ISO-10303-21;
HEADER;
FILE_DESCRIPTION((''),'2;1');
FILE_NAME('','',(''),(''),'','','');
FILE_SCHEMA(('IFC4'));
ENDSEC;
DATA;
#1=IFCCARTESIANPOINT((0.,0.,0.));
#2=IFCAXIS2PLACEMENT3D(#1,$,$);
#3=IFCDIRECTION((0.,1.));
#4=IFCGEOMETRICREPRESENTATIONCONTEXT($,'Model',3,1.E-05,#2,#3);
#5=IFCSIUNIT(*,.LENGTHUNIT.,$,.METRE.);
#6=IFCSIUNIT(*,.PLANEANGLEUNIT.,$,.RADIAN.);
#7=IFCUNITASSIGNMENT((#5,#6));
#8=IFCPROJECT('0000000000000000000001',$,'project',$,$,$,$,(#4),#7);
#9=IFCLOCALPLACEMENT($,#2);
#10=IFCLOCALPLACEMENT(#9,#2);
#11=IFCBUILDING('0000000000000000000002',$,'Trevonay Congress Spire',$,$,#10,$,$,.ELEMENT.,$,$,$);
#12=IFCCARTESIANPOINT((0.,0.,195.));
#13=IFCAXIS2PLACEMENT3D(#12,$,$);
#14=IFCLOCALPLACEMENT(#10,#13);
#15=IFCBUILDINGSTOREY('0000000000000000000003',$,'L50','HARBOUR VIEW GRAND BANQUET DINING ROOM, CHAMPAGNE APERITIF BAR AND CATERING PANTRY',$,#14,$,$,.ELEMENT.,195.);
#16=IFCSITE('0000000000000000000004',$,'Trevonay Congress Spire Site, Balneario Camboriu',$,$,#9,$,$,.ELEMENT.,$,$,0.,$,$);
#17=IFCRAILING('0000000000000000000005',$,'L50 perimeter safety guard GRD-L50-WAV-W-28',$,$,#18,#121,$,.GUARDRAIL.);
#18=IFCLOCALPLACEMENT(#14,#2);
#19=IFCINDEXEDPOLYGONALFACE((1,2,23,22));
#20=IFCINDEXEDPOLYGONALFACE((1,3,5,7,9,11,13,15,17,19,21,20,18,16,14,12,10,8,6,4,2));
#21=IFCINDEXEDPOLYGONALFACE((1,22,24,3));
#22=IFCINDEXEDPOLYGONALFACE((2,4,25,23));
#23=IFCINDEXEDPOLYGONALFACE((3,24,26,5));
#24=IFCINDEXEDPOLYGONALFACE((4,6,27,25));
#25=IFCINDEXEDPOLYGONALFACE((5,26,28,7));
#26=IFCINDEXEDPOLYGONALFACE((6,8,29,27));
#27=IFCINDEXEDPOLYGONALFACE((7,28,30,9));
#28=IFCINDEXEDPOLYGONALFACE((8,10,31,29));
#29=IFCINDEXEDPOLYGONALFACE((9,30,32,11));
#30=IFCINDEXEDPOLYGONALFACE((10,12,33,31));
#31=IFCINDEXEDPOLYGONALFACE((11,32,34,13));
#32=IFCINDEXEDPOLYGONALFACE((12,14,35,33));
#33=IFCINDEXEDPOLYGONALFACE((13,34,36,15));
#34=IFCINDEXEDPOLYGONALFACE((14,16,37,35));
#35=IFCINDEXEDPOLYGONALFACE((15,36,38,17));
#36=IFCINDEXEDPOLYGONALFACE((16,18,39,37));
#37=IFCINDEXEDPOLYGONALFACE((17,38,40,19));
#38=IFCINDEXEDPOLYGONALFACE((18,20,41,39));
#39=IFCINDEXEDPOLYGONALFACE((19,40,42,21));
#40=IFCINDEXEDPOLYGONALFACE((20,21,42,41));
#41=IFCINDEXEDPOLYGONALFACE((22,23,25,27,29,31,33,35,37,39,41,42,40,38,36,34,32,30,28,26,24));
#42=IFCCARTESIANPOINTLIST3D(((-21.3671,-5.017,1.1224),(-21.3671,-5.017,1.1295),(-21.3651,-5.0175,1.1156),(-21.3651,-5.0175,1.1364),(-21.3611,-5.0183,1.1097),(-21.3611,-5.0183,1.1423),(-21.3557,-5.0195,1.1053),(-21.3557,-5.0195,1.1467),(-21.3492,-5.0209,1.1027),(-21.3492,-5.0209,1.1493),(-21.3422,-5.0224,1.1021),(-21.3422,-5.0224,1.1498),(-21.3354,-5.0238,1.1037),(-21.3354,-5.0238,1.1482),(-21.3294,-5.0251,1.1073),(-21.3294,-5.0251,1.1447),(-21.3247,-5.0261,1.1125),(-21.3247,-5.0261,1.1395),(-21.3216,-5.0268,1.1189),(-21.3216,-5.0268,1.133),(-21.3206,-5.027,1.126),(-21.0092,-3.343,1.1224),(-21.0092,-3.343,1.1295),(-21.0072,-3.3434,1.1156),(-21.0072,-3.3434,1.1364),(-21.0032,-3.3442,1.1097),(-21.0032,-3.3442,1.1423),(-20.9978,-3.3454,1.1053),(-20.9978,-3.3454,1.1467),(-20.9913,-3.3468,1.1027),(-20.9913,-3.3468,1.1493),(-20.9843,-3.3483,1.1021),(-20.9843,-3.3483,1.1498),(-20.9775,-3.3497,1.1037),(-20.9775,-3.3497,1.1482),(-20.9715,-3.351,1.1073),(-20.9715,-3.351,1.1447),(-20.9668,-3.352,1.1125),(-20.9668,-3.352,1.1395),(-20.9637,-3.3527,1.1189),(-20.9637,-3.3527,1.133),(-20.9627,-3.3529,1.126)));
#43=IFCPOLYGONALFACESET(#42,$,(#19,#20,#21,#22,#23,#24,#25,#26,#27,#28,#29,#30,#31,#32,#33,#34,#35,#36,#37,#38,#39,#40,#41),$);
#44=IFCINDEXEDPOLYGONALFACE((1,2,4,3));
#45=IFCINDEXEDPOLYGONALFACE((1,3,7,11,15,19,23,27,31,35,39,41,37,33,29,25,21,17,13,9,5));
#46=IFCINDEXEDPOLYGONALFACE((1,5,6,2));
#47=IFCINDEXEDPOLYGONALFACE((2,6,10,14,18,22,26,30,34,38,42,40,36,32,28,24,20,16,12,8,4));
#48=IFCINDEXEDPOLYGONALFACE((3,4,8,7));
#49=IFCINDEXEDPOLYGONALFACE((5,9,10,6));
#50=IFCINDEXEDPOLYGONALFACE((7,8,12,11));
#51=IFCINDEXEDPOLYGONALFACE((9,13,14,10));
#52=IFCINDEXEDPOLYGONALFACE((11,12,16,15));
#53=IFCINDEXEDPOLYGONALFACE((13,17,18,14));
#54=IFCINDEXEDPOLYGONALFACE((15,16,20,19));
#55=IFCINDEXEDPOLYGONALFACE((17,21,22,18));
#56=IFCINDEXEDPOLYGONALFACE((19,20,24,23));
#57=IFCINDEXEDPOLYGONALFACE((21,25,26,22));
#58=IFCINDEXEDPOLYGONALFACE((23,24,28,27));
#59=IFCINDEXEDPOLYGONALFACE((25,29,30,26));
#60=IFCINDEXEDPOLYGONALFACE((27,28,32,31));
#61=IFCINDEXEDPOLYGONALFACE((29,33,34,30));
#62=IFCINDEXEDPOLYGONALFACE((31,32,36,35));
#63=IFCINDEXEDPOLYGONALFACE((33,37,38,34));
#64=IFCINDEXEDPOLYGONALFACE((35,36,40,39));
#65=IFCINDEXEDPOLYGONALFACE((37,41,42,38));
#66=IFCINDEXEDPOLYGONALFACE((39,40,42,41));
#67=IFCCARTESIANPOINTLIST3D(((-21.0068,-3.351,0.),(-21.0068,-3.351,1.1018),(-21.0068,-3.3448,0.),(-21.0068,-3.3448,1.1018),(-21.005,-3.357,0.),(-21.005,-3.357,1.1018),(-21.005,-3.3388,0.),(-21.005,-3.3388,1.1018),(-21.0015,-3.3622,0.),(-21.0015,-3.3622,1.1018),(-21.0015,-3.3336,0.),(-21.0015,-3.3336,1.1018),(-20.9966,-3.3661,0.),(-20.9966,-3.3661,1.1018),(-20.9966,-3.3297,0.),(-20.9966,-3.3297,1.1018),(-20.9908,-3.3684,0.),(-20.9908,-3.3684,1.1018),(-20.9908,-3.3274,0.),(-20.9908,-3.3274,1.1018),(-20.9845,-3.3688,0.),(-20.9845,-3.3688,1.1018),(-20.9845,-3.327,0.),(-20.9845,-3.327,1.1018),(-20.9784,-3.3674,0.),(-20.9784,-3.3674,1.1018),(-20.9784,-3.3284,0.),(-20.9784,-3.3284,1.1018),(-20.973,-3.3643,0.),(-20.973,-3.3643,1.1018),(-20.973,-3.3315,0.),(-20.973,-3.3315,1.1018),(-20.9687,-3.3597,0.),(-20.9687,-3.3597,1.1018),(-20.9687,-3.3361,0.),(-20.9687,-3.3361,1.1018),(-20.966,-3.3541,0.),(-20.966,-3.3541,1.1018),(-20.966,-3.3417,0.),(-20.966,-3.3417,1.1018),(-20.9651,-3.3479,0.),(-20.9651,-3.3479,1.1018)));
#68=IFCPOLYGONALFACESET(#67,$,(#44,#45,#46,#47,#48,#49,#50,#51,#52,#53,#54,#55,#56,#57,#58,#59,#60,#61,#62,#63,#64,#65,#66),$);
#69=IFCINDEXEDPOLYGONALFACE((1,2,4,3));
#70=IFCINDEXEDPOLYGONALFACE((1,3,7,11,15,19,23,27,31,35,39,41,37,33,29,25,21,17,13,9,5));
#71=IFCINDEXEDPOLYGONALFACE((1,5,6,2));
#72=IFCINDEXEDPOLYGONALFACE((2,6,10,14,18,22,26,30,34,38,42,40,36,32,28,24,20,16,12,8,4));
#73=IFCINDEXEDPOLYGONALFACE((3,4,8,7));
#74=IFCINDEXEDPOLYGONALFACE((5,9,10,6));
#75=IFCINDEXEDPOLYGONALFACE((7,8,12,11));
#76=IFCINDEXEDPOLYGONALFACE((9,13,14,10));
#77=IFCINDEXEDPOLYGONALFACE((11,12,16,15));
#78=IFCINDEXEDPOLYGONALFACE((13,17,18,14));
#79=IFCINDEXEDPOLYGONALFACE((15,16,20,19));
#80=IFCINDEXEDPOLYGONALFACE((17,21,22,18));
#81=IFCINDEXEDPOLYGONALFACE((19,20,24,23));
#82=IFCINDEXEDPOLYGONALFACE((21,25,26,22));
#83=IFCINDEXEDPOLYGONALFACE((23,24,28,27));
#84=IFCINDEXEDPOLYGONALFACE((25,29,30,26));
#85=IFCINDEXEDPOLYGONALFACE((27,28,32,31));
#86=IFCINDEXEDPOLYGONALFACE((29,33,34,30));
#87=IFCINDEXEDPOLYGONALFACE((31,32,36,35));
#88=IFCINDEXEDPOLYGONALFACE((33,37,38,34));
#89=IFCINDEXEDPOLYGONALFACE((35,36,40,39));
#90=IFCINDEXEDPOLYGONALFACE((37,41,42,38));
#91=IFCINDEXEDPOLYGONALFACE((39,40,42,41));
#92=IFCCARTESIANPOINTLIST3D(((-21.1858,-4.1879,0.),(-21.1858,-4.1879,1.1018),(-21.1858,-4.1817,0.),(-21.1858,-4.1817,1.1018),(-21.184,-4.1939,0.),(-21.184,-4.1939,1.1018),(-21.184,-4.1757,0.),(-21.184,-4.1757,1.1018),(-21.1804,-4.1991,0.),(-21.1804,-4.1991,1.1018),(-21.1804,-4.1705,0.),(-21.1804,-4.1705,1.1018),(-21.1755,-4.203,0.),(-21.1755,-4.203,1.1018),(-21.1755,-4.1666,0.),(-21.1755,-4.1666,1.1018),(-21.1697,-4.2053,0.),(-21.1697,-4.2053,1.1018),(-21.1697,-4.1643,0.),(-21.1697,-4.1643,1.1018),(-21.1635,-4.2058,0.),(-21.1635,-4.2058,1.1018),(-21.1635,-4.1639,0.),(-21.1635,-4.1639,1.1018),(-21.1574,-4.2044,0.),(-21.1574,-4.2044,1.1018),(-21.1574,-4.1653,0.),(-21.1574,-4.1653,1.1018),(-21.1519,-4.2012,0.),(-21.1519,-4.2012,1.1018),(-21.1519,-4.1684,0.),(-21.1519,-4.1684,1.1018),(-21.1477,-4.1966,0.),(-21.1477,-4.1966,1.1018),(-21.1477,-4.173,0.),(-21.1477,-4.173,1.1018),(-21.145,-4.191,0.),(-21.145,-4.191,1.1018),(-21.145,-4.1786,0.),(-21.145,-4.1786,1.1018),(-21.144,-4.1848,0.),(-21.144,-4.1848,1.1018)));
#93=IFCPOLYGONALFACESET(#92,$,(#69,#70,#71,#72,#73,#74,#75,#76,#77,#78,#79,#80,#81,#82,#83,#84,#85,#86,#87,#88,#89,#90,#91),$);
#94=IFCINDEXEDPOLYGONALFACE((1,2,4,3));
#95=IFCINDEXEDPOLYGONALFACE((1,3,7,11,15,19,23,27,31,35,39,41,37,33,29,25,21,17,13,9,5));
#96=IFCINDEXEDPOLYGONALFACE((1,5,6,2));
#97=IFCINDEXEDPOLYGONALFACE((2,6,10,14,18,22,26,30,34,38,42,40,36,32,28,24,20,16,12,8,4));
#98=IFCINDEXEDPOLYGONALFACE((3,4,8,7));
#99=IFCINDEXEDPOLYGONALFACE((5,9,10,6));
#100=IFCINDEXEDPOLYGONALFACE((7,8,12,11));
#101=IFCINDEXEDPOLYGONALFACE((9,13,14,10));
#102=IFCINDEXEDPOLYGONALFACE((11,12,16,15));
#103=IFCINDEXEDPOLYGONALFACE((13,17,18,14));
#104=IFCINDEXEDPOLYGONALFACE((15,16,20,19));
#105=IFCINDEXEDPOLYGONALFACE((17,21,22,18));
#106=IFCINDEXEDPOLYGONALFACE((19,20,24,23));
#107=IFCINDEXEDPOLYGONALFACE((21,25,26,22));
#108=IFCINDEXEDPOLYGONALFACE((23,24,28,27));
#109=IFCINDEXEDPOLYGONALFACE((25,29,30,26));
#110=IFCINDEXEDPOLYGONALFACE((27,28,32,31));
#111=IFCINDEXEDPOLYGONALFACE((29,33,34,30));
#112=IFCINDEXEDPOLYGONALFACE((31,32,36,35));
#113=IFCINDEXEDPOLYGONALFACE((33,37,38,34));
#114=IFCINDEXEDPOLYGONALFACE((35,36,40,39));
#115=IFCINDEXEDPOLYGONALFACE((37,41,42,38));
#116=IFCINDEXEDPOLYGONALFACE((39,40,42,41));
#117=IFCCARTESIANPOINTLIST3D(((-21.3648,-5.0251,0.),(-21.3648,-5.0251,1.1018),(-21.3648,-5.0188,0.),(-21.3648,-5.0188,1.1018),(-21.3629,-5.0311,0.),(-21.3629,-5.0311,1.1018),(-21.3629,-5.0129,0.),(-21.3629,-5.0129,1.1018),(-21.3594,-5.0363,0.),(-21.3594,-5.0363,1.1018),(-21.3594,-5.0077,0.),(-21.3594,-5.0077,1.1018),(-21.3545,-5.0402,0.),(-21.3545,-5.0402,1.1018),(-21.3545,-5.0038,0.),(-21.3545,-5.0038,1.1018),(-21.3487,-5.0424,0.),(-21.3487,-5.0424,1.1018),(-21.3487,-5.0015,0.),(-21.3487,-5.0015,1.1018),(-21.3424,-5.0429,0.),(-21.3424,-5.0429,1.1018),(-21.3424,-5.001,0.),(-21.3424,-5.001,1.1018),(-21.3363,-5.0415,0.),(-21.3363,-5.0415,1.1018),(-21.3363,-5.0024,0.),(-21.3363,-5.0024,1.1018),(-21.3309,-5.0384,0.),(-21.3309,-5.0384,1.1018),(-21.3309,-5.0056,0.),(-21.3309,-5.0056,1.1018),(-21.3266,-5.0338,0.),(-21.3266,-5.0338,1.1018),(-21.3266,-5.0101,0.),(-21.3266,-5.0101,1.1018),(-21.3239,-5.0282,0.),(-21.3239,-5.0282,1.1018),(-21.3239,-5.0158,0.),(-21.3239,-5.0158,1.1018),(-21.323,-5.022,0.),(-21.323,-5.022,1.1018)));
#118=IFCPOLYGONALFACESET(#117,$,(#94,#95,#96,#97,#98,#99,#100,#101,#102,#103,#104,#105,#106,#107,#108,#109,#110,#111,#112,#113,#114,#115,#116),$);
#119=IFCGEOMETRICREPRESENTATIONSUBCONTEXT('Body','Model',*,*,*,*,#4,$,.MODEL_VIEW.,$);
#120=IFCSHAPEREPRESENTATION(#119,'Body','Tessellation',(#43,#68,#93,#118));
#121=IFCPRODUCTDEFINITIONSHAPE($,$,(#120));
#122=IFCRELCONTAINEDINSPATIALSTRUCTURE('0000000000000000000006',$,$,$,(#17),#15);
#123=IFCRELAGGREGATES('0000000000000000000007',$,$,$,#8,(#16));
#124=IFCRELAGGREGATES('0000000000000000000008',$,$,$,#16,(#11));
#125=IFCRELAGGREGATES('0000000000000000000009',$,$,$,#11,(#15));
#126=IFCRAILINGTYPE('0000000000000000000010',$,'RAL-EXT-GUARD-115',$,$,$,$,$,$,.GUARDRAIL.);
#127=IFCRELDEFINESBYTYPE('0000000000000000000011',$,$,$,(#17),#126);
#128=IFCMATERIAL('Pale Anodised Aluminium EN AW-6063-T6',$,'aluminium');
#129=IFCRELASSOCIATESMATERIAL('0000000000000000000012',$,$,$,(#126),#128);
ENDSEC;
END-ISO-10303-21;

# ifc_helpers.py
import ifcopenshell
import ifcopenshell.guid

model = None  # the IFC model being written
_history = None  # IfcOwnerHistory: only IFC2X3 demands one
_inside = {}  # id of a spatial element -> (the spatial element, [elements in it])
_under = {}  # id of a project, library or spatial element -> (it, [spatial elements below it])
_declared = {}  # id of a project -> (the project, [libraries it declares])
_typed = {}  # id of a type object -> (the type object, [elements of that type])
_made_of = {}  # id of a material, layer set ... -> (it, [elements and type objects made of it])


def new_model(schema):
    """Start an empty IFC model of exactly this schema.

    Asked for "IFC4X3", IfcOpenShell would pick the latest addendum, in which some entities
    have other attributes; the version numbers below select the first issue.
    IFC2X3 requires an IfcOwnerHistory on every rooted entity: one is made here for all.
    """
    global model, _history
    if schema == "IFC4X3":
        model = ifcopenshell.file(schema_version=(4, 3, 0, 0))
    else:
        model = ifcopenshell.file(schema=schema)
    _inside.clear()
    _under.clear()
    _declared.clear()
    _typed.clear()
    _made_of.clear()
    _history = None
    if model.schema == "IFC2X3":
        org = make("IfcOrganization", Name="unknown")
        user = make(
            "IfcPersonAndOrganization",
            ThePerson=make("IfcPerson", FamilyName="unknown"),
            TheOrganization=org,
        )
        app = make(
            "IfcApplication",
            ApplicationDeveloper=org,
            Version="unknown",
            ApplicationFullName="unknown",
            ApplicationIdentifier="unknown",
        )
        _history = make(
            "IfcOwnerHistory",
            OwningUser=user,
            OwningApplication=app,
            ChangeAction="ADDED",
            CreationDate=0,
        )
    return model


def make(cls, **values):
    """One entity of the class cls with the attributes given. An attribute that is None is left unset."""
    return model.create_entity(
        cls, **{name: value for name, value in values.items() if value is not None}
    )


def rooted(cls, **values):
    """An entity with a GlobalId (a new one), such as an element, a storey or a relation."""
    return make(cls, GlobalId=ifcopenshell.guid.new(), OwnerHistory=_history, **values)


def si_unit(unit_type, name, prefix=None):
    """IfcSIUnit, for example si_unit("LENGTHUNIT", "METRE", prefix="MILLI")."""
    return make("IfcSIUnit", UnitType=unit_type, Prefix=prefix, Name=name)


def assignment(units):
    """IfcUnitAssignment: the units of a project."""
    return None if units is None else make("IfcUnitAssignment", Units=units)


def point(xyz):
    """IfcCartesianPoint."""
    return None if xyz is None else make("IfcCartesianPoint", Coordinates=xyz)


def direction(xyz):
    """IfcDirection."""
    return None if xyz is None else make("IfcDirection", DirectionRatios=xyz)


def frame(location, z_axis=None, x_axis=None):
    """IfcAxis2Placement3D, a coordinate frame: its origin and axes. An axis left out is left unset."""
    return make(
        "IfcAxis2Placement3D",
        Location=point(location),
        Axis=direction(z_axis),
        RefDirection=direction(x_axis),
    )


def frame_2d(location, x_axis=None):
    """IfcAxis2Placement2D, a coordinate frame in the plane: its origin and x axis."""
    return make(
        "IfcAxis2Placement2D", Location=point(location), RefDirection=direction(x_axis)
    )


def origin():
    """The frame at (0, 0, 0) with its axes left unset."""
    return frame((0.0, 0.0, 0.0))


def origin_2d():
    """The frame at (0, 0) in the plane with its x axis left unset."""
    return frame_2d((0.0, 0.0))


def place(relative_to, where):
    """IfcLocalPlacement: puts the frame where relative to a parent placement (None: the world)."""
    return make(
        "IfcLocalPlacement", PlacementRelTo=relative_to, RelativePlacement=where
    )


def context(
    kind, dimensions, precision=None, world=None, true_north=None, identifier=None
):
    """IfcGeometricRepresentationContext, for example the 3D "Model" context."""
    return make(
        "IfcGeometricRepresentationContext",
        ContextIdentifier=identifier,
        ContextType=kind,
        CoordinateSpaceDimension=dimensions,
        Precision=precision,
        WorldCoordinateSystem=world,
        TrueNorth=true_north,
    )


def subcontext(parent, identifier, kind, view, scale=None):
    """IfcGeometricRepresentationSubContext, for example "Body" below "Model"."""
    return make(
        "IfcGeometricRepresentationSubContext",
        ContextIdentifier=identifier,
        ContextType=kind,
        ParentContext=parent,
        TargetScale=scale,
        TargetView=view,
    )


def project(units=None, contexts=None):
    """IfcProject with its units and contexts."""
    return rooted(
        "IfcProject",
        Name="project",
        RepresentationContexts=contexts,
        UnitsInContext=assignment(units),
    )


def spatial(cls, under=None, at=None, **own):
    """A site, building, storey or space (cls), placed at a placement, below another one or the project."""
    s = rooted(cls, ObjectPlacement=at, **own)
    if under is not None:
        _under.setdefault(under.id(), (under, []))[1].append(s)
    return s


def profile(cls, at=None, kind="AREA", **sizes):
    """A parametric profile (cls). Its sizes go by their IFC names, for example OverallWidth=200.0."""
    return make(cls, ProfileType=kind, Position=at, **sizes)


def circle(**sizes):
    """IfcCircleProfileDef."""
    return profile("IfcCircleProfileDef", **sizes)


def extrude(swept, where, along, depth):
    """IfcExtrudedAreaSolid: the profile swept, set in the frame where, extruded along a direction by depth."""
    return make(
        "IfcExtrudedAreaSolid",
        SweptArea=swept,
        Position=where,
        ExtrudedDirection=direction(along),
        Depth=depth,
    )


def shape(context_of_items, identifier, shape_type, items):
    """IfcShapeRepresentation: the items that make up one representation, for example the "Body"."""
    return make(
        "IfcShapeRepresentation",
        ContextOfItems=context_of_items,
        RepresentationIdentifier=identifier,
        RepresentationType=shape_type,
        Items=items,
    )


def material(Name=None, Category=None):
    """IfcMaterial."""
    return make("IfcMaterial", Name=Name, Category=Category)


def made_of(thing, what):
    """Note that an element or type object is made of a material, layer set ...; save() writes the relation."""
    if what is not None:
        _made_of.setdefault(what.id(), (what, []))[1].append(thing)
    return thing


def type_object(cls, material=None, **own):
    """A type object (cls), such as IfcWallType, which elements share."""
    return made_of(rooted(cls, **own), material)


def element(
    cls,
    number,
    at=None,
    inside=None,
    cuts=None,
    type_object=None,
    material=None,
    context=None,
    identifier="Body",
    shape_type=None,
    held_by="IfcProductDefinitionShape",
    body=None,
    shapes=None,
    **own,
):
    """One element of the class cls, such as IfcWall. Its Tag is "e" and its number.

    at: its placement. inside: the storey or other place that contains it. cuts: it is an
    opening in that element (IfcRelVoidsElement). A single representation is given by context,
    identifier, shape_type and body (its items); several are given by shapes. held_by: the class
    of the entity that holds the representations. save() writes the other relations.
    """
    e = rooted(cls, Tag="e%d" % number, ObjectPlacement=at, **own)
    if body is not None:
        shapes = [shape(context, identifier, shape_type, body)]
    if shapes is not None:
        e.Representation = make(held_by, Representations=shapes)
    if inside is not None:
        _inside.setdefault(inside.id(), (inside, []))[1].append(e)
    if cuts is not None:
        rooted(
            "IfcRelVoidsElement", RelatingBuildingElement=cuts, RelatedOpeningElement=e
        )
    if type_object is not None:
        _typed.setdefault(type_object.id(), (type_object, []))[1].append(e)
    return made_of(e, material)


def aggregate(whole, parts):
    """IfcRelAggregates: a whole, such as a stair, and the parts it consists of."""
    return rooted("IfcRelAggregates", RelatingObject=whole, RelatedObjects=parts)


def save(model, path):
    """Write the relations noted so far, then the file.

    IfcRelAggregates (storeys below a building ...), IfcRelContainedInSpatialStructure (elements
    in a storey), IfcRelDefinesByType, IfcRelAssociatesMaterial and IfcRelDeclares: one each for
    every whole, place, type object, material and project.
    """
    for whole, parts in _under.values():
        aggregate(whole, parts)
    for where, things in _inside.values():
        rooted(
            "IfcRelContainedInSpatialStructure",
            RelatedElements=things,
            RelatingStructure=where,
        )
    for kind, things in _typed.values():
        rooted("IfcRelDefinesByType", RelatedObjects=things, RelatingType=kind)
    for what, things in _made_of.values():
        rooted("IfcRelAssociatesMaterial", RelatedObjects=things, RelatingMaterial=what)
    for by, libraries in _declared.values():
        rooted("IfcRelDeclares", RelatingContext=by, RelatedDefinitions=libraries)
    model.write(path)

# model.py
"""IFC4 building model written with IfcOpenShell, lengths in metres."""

from ifc_helpers import new_model, si_unit, direction, frame, origin, origin_2d, place, context, subcontext, project, spatial, circle, extrude, material, type_object, element, save


model = new_model("IFC4")

# Units and contexts
model_context = context("Model", 3, precision=1e-05, world=origin(), true_north=direction((0.0, 1.0)))
body_context = subcontext(model_context, "Body", "Model", "MODEL_VIEW")
ifc_project = project(units=[si_unit("LENGTHUNIT", "METRE"), si_unit("PLANEANGLEUNIT", "RADIAN")], contexts=[model_context])

# Site, building, storey
site_placement = place(None, origin())
site = spatial("IfcSite", under=ifc_project, at=site_placement, Name="Trevonay Congress Spire Site, Balneario Camboriu", CompositionType="ELEMENT", RefElevation=0.0)
building_placement = place(site_placement, origin())
building = spatial("IfcBuilding", under=site, at=building_placement, Name="Trevonay Congress Spire", CompositionType="ELEMENT")
storey_placement = place(building_placement, frame((0.0, 0.0, 195.0)))
storey = spatial("IfcBuildingStorey", under=building, at=storey_placement, Name="L50", Description="HARBOUR VIEW GRAND BANQUET DINING ROOM, CHAMPAGNE APERITIF BAR AND CATERING PANTRY", CompositionType="ELEMENT", Elevation=195.0)

# Shared definitions
ifc_material_1 = material(Name="Pale Anodised Aluminium EN AW-6063-T6", Category="aluminium")

# Railing
railing_type = type_object("IfcRailingType", Name="RAL-EXT-GUARD-115", PredefinedType="GUARDRAIL", material=ifc_material_1)
railing_1_placement = place(storey_placement, frame((-20.9861, -3.3479, 0.0)))
element("IfcRailing", 1, at=railing_1_placement, inside=storey, type_object=railing_type, Name="L50 perimeter safety guard GRD-L50-WAV-W-28", PredefinedType="GUARDRAIL", context=body_context, shape_type="SweptSolid", body=[
    extrude(circle(Radius=0.0239, at=origin_2d()), frame((0.0, 0.0, 1.126), z_axis=(-0.209071, -0.9779, 0.0), x_axis=(0.9779, -0.209071, 0.0)), (0.0, 0.0, 1.0), 1.7119),
    extrude(circle(Radius=0.021, at=origin_2d()), origin(), (0.0, 0.0, 1.0), 1.1018),
    extrude(circle(Radius=0.021, at=origin_2d()), frame((-0.179, -0.8369, 0.0)), (0.0, 0.0, 1.0), 1.1018),
    extrude(circle(Radius=0.021, at=origin_2d()), frame((-0.3579, -1.6741, 0.0)), (0.0, 0.0, 1.0), 1.1018),
])

save(model, "model.ifc")
